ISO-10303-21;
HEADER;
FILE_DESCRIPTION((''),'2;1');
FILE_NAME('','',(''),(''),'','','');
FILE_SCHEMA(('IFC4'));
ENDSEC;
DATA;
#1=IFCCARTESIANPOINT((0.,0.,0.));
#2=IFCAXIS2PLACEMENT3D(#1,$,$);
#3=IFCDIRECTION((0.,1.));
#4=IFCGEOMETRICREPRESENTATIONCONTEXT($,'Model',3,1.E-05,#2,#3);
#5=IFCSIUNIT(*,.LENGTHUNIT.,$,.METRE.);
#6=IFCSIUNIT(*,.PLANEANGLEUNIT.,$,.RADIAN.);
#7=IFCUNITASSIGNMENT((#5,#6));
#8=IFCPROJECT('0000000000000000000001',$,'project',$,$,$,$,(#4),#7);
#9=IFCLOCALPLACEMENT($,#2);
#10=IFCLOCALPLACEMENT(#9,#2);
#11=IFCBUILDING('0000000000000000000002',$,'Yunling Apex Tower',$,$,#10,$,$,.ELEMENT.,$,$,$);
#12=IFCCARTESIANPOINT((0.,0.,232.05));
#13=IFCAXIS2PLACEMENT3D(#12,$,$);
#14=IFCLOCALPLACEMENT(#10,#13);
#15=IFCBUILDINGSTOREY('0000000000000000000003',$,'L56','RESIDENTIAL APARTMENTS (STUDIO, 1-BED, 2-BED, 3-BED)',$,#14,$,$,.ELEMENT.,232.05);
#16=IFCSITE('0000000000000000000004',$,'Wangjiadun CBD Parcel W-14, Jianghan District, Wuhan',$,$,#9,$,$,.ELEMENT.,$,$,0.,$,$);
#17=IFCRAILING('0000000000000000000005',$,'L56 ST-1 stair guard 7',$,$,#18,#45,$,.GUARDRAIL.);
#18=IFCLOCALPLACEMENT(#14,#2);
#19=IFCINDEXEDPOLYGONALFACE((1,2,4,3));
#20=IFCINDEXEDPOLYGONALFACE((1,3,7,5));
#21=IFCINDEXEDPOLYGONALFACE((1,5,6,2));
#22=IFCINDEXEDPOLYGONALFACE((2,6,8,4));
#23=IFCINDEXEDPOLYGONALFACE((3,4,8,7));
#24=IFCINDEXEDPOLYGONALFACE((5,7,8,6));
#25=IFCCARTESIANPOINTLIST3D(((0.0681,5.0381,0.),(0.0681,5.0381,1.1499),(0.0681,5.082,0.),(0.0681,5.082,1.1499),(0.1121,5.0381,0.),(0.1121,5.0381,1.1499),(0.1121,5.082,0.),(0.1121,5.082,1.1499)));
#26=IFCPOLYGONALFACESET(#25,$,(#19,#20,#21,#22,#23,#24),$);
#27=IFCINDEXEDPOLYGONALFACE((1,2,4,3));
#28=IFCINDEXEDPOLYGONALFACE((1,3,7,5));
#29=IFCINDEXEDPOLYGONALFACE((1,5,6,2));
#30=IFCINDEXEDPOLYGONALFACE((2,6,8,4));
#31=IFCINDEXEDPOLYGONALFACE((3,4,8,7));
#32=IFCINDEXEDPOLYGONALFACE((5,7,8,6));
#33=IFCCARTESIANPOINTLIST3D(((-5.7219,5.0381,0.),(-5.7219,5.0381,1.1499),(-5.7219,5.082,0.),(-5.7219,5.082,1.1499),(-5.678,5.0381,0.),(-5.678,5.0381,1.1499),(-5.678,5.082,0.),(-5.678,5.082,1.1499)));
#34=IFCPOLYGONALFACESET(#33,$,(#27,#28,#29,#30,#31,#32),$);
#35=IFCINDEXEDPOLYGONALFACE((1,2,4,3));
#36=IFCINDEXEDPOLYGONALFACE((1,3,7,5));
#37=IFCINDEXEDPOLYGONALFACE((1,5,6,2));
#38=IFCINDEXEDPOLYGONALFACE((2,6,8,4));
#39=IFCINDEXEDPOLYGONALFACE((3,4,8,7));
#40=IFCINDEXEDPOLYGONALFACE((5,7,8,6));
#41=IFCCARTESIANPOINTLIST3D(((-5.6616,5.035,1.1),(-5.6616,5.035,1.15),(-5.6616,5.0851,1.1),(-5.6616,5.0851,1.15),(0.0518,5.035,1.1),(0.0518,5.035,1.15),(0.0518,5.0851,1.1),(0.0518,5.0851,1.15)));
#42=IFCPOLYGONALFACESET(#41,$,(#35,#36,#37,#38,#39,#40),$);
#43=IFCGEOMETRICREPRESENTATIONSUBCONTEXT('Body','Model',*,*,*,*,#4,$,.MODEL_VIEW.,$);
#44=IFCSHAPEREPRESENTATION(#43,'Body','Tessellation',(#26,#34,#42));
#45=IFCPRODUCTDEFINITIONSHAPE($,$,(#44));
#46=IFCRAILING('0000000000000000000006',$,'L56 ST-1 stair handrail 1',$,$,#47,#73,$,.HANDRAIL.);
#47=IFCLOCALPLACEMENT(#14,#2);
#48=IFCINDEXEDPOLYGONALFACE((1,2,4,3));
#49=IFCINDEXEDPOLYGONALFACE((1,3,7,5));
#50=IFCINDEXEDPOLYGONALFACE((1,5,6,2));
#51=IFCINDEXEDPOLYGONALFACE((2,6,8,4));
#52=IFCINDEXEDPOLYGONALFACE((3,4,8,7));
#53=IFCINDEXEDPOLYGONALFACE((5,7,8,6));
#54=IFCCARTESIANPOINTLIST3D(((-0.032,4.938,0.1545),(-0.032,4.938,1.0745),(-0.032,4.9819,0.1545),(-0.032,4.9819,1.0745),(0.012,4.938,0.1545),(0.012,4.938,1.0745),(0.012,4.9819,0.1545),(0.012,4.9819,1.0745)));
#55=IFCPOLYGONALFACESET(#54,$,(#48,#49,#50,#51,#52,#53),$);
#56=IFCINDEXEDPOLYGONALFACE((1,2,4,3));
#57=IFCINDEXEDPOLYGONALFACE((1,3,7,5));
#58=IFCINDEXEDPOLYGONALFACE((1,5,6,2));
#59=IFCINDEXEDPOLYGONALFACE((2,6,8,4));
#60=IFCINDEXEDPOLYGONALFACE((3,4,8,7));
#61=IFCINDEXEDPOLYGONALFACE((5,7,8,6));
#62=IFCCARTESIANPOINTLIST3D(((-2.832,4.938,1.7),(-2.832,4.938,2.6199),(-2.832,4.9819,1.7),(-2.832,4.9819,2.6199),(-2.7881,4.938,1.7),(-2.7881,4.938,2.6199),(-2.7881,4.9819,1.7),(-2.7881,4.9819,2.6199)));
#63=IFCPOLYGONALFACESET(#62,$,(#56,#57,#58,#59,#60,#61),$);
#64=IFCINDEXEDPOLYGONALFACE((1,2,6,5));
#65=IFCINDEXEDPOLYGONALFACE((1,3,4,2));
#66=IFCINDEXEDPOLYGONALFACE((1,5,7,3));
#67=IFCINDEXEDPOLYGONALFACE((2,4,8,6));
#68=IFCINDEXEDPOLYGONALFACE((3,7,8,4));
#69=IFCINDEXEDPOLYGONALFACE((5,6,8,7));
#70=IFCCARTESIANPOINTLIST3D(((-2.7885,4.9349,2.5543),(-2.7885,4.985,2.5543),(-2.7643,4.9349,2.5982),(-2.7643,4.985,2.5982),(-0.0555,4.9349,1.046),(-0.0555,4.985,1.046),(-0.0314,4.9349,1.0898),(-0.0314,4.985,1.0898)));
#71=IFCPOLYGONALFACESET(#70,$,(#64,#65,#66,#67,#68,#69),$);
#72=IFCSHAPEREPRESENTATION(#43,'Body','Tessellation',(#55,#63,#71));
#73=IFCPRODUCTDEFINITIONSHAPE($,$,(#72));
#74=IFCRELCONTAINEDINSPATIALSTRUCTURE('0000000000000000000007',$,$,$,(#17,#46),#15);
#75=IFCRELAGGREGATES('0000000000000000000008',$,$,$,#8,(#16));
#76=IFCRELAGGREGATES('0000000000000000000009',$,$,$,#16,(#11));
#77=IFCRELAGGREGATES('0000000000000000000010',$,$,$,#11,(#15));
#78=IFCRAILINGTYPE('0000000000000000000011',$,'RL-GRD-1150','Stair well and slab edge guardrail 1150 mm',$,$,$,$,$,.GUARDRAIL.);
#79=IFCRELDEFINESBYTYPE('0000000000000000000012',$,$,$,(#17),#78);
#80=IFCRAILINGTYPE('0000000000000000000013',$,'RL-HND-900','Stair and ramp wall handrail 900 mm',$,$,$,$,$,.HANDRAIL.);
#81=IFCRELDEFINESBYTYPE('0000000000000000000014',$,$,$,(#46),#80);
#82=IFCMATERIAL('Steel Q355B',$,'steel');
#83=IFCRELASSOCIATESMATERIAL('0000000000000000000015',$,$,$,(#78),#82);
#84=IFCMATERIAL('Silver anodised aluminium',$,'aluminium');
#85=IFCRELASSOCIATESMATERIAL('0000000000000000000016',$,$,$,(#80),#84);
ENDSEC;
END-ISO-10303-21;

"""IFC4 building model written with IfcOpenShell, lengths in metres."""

from ifc_helpers import new_model, si_unit, direction, frame, origin, origin_2d, place, context, subcontext, project, spatial, rectangle, extrude, material, type_object, element, save


model = new_model("IFC4")

# Units and contexts
model_context = context("Model", 3, precision=1e-05, world=origin(), true_north=direction((0.0, 1.0)))
body_context = subcontext(model_context, "Body", "Model", "MODEL_VIEW")
ifc_project = project(units=[si_unit("LENGTHUNIT", "METRE"), si_unit("PLANEANGLEUNIT", "RADIAN")], contexts=[model_context])

# Site, building, storey
site_placement = place(None, origin())
site = spatial("IfcSite", under=ifc_project, at=site_placement, Name="Wangjiadun CBD Parcel W-14, Jianghan District, Wuhan", CompositionType="ELEMENT", RefElevation=0.0)
building_placement = place(site_placement, origin())
building = spatial("IfcBuilding", under=site, at=building_placement, Name="Yunling Apex Tower", CompositionType="ELEMENT")
storey_placement = place(building_placement, frame((0.0, 0.0, 232.05)))
storey = spatial("IfcBuildingStorey", under=building, at=storey_placement, Name="L56", Description="RESIDENTIAL APARTMENTS (STUDIO, 1-BED, 2-BED, 3-BED)", CompositionType="ELEMENT", Elevation=232.05)

# Shared definitions
ifc_material_1 = material(Name="Steel Q355B", Category="steel")

# Railings
railing_type_1 = type_object("IfcRailingType", Name="RL-GRD-1150", Description="Stair well and slab edge guardrail 1150 mm", PredefinedType="GUARDRAIL", material=ifc_material_1)
railing_1_placement = place(storey_placement, frame((0.0901, 5.0601, 0.0)))
element("IfcRailing", 1, at=railing_1_placement, inside=storey, type_object=railing_type_1, Name="L56 ST-1 stair guard 7", PredefinedType="GUARDRAIL", context=body_context, shape_type="SweptSolid", body=[
    extrude(rectangle(XDim=0.0439, YDim=0.0439, at=origin_2d()), origin(), (0.0, 0.0, 1.0), 1.1499),
    extrude(rectangle(XDim=0.0439, YDim=0.0439, at=origin_2d()), frame((-5.79, 0.0, 0.0)), (0.0, 0.0, 1.0), 1.1499),
    extrude(rectangle(XDim=0.05, YDim=0.05, at=origin_2d()), frame((-0.0383, 0.0, 1.125), z_axis=(-1.0, 0.0, 0.0), x_axis=(0.0, -1.0, 0.0)), (0.0, 0.0, 1.0), 5.7134),
])
ifc_material_2 = material(Name="Silver anodised aluminium", Category="aluminium")
railing_type_2 = type_object("IfcRailingType", Name="RL-HND-900", Description="Stair and ramp wall handrail 900 mm", PredefinedType="HANDRAIL", material=ifc_material_2)
railing_2_placement = place(storey_placement, frame((-0.01, 4.96, 0.1545)))
element("IfcRailing", 2, at=railing_2_placement, inside=storey, type_object=railing_type_2, Name="L56 ST-1 stair handrail 1", PredefinedType="HANDRAIL", context=body_context, shape_type="SweptSolid", body=[
    extrude(rectangle(XDim=0.0439, YDim=0.0439, at=origin_2d()), origin(), (0.0, 0.0, 1.0), 0.9199),
    extrude(rectangle(XDim=0.0439, YDim=0.0439, at=origin_2d()), frame((-2.8, 0.0, 1.5454)), (0.0, 0.0, 1.0), 0.9199),
    extrude(rectangle(XDim=0.05, YDim=0.05, at=origin_2d()), frame((-0.0334, 0.0, 0.9133), z_axis=(-0.875504, 0.0, 0.483211), x_axis=(0.0, -1.0, 0.0)), (0.0, 0.0, 1.0), 3.1216),
])

save(model, "model.ifc")
